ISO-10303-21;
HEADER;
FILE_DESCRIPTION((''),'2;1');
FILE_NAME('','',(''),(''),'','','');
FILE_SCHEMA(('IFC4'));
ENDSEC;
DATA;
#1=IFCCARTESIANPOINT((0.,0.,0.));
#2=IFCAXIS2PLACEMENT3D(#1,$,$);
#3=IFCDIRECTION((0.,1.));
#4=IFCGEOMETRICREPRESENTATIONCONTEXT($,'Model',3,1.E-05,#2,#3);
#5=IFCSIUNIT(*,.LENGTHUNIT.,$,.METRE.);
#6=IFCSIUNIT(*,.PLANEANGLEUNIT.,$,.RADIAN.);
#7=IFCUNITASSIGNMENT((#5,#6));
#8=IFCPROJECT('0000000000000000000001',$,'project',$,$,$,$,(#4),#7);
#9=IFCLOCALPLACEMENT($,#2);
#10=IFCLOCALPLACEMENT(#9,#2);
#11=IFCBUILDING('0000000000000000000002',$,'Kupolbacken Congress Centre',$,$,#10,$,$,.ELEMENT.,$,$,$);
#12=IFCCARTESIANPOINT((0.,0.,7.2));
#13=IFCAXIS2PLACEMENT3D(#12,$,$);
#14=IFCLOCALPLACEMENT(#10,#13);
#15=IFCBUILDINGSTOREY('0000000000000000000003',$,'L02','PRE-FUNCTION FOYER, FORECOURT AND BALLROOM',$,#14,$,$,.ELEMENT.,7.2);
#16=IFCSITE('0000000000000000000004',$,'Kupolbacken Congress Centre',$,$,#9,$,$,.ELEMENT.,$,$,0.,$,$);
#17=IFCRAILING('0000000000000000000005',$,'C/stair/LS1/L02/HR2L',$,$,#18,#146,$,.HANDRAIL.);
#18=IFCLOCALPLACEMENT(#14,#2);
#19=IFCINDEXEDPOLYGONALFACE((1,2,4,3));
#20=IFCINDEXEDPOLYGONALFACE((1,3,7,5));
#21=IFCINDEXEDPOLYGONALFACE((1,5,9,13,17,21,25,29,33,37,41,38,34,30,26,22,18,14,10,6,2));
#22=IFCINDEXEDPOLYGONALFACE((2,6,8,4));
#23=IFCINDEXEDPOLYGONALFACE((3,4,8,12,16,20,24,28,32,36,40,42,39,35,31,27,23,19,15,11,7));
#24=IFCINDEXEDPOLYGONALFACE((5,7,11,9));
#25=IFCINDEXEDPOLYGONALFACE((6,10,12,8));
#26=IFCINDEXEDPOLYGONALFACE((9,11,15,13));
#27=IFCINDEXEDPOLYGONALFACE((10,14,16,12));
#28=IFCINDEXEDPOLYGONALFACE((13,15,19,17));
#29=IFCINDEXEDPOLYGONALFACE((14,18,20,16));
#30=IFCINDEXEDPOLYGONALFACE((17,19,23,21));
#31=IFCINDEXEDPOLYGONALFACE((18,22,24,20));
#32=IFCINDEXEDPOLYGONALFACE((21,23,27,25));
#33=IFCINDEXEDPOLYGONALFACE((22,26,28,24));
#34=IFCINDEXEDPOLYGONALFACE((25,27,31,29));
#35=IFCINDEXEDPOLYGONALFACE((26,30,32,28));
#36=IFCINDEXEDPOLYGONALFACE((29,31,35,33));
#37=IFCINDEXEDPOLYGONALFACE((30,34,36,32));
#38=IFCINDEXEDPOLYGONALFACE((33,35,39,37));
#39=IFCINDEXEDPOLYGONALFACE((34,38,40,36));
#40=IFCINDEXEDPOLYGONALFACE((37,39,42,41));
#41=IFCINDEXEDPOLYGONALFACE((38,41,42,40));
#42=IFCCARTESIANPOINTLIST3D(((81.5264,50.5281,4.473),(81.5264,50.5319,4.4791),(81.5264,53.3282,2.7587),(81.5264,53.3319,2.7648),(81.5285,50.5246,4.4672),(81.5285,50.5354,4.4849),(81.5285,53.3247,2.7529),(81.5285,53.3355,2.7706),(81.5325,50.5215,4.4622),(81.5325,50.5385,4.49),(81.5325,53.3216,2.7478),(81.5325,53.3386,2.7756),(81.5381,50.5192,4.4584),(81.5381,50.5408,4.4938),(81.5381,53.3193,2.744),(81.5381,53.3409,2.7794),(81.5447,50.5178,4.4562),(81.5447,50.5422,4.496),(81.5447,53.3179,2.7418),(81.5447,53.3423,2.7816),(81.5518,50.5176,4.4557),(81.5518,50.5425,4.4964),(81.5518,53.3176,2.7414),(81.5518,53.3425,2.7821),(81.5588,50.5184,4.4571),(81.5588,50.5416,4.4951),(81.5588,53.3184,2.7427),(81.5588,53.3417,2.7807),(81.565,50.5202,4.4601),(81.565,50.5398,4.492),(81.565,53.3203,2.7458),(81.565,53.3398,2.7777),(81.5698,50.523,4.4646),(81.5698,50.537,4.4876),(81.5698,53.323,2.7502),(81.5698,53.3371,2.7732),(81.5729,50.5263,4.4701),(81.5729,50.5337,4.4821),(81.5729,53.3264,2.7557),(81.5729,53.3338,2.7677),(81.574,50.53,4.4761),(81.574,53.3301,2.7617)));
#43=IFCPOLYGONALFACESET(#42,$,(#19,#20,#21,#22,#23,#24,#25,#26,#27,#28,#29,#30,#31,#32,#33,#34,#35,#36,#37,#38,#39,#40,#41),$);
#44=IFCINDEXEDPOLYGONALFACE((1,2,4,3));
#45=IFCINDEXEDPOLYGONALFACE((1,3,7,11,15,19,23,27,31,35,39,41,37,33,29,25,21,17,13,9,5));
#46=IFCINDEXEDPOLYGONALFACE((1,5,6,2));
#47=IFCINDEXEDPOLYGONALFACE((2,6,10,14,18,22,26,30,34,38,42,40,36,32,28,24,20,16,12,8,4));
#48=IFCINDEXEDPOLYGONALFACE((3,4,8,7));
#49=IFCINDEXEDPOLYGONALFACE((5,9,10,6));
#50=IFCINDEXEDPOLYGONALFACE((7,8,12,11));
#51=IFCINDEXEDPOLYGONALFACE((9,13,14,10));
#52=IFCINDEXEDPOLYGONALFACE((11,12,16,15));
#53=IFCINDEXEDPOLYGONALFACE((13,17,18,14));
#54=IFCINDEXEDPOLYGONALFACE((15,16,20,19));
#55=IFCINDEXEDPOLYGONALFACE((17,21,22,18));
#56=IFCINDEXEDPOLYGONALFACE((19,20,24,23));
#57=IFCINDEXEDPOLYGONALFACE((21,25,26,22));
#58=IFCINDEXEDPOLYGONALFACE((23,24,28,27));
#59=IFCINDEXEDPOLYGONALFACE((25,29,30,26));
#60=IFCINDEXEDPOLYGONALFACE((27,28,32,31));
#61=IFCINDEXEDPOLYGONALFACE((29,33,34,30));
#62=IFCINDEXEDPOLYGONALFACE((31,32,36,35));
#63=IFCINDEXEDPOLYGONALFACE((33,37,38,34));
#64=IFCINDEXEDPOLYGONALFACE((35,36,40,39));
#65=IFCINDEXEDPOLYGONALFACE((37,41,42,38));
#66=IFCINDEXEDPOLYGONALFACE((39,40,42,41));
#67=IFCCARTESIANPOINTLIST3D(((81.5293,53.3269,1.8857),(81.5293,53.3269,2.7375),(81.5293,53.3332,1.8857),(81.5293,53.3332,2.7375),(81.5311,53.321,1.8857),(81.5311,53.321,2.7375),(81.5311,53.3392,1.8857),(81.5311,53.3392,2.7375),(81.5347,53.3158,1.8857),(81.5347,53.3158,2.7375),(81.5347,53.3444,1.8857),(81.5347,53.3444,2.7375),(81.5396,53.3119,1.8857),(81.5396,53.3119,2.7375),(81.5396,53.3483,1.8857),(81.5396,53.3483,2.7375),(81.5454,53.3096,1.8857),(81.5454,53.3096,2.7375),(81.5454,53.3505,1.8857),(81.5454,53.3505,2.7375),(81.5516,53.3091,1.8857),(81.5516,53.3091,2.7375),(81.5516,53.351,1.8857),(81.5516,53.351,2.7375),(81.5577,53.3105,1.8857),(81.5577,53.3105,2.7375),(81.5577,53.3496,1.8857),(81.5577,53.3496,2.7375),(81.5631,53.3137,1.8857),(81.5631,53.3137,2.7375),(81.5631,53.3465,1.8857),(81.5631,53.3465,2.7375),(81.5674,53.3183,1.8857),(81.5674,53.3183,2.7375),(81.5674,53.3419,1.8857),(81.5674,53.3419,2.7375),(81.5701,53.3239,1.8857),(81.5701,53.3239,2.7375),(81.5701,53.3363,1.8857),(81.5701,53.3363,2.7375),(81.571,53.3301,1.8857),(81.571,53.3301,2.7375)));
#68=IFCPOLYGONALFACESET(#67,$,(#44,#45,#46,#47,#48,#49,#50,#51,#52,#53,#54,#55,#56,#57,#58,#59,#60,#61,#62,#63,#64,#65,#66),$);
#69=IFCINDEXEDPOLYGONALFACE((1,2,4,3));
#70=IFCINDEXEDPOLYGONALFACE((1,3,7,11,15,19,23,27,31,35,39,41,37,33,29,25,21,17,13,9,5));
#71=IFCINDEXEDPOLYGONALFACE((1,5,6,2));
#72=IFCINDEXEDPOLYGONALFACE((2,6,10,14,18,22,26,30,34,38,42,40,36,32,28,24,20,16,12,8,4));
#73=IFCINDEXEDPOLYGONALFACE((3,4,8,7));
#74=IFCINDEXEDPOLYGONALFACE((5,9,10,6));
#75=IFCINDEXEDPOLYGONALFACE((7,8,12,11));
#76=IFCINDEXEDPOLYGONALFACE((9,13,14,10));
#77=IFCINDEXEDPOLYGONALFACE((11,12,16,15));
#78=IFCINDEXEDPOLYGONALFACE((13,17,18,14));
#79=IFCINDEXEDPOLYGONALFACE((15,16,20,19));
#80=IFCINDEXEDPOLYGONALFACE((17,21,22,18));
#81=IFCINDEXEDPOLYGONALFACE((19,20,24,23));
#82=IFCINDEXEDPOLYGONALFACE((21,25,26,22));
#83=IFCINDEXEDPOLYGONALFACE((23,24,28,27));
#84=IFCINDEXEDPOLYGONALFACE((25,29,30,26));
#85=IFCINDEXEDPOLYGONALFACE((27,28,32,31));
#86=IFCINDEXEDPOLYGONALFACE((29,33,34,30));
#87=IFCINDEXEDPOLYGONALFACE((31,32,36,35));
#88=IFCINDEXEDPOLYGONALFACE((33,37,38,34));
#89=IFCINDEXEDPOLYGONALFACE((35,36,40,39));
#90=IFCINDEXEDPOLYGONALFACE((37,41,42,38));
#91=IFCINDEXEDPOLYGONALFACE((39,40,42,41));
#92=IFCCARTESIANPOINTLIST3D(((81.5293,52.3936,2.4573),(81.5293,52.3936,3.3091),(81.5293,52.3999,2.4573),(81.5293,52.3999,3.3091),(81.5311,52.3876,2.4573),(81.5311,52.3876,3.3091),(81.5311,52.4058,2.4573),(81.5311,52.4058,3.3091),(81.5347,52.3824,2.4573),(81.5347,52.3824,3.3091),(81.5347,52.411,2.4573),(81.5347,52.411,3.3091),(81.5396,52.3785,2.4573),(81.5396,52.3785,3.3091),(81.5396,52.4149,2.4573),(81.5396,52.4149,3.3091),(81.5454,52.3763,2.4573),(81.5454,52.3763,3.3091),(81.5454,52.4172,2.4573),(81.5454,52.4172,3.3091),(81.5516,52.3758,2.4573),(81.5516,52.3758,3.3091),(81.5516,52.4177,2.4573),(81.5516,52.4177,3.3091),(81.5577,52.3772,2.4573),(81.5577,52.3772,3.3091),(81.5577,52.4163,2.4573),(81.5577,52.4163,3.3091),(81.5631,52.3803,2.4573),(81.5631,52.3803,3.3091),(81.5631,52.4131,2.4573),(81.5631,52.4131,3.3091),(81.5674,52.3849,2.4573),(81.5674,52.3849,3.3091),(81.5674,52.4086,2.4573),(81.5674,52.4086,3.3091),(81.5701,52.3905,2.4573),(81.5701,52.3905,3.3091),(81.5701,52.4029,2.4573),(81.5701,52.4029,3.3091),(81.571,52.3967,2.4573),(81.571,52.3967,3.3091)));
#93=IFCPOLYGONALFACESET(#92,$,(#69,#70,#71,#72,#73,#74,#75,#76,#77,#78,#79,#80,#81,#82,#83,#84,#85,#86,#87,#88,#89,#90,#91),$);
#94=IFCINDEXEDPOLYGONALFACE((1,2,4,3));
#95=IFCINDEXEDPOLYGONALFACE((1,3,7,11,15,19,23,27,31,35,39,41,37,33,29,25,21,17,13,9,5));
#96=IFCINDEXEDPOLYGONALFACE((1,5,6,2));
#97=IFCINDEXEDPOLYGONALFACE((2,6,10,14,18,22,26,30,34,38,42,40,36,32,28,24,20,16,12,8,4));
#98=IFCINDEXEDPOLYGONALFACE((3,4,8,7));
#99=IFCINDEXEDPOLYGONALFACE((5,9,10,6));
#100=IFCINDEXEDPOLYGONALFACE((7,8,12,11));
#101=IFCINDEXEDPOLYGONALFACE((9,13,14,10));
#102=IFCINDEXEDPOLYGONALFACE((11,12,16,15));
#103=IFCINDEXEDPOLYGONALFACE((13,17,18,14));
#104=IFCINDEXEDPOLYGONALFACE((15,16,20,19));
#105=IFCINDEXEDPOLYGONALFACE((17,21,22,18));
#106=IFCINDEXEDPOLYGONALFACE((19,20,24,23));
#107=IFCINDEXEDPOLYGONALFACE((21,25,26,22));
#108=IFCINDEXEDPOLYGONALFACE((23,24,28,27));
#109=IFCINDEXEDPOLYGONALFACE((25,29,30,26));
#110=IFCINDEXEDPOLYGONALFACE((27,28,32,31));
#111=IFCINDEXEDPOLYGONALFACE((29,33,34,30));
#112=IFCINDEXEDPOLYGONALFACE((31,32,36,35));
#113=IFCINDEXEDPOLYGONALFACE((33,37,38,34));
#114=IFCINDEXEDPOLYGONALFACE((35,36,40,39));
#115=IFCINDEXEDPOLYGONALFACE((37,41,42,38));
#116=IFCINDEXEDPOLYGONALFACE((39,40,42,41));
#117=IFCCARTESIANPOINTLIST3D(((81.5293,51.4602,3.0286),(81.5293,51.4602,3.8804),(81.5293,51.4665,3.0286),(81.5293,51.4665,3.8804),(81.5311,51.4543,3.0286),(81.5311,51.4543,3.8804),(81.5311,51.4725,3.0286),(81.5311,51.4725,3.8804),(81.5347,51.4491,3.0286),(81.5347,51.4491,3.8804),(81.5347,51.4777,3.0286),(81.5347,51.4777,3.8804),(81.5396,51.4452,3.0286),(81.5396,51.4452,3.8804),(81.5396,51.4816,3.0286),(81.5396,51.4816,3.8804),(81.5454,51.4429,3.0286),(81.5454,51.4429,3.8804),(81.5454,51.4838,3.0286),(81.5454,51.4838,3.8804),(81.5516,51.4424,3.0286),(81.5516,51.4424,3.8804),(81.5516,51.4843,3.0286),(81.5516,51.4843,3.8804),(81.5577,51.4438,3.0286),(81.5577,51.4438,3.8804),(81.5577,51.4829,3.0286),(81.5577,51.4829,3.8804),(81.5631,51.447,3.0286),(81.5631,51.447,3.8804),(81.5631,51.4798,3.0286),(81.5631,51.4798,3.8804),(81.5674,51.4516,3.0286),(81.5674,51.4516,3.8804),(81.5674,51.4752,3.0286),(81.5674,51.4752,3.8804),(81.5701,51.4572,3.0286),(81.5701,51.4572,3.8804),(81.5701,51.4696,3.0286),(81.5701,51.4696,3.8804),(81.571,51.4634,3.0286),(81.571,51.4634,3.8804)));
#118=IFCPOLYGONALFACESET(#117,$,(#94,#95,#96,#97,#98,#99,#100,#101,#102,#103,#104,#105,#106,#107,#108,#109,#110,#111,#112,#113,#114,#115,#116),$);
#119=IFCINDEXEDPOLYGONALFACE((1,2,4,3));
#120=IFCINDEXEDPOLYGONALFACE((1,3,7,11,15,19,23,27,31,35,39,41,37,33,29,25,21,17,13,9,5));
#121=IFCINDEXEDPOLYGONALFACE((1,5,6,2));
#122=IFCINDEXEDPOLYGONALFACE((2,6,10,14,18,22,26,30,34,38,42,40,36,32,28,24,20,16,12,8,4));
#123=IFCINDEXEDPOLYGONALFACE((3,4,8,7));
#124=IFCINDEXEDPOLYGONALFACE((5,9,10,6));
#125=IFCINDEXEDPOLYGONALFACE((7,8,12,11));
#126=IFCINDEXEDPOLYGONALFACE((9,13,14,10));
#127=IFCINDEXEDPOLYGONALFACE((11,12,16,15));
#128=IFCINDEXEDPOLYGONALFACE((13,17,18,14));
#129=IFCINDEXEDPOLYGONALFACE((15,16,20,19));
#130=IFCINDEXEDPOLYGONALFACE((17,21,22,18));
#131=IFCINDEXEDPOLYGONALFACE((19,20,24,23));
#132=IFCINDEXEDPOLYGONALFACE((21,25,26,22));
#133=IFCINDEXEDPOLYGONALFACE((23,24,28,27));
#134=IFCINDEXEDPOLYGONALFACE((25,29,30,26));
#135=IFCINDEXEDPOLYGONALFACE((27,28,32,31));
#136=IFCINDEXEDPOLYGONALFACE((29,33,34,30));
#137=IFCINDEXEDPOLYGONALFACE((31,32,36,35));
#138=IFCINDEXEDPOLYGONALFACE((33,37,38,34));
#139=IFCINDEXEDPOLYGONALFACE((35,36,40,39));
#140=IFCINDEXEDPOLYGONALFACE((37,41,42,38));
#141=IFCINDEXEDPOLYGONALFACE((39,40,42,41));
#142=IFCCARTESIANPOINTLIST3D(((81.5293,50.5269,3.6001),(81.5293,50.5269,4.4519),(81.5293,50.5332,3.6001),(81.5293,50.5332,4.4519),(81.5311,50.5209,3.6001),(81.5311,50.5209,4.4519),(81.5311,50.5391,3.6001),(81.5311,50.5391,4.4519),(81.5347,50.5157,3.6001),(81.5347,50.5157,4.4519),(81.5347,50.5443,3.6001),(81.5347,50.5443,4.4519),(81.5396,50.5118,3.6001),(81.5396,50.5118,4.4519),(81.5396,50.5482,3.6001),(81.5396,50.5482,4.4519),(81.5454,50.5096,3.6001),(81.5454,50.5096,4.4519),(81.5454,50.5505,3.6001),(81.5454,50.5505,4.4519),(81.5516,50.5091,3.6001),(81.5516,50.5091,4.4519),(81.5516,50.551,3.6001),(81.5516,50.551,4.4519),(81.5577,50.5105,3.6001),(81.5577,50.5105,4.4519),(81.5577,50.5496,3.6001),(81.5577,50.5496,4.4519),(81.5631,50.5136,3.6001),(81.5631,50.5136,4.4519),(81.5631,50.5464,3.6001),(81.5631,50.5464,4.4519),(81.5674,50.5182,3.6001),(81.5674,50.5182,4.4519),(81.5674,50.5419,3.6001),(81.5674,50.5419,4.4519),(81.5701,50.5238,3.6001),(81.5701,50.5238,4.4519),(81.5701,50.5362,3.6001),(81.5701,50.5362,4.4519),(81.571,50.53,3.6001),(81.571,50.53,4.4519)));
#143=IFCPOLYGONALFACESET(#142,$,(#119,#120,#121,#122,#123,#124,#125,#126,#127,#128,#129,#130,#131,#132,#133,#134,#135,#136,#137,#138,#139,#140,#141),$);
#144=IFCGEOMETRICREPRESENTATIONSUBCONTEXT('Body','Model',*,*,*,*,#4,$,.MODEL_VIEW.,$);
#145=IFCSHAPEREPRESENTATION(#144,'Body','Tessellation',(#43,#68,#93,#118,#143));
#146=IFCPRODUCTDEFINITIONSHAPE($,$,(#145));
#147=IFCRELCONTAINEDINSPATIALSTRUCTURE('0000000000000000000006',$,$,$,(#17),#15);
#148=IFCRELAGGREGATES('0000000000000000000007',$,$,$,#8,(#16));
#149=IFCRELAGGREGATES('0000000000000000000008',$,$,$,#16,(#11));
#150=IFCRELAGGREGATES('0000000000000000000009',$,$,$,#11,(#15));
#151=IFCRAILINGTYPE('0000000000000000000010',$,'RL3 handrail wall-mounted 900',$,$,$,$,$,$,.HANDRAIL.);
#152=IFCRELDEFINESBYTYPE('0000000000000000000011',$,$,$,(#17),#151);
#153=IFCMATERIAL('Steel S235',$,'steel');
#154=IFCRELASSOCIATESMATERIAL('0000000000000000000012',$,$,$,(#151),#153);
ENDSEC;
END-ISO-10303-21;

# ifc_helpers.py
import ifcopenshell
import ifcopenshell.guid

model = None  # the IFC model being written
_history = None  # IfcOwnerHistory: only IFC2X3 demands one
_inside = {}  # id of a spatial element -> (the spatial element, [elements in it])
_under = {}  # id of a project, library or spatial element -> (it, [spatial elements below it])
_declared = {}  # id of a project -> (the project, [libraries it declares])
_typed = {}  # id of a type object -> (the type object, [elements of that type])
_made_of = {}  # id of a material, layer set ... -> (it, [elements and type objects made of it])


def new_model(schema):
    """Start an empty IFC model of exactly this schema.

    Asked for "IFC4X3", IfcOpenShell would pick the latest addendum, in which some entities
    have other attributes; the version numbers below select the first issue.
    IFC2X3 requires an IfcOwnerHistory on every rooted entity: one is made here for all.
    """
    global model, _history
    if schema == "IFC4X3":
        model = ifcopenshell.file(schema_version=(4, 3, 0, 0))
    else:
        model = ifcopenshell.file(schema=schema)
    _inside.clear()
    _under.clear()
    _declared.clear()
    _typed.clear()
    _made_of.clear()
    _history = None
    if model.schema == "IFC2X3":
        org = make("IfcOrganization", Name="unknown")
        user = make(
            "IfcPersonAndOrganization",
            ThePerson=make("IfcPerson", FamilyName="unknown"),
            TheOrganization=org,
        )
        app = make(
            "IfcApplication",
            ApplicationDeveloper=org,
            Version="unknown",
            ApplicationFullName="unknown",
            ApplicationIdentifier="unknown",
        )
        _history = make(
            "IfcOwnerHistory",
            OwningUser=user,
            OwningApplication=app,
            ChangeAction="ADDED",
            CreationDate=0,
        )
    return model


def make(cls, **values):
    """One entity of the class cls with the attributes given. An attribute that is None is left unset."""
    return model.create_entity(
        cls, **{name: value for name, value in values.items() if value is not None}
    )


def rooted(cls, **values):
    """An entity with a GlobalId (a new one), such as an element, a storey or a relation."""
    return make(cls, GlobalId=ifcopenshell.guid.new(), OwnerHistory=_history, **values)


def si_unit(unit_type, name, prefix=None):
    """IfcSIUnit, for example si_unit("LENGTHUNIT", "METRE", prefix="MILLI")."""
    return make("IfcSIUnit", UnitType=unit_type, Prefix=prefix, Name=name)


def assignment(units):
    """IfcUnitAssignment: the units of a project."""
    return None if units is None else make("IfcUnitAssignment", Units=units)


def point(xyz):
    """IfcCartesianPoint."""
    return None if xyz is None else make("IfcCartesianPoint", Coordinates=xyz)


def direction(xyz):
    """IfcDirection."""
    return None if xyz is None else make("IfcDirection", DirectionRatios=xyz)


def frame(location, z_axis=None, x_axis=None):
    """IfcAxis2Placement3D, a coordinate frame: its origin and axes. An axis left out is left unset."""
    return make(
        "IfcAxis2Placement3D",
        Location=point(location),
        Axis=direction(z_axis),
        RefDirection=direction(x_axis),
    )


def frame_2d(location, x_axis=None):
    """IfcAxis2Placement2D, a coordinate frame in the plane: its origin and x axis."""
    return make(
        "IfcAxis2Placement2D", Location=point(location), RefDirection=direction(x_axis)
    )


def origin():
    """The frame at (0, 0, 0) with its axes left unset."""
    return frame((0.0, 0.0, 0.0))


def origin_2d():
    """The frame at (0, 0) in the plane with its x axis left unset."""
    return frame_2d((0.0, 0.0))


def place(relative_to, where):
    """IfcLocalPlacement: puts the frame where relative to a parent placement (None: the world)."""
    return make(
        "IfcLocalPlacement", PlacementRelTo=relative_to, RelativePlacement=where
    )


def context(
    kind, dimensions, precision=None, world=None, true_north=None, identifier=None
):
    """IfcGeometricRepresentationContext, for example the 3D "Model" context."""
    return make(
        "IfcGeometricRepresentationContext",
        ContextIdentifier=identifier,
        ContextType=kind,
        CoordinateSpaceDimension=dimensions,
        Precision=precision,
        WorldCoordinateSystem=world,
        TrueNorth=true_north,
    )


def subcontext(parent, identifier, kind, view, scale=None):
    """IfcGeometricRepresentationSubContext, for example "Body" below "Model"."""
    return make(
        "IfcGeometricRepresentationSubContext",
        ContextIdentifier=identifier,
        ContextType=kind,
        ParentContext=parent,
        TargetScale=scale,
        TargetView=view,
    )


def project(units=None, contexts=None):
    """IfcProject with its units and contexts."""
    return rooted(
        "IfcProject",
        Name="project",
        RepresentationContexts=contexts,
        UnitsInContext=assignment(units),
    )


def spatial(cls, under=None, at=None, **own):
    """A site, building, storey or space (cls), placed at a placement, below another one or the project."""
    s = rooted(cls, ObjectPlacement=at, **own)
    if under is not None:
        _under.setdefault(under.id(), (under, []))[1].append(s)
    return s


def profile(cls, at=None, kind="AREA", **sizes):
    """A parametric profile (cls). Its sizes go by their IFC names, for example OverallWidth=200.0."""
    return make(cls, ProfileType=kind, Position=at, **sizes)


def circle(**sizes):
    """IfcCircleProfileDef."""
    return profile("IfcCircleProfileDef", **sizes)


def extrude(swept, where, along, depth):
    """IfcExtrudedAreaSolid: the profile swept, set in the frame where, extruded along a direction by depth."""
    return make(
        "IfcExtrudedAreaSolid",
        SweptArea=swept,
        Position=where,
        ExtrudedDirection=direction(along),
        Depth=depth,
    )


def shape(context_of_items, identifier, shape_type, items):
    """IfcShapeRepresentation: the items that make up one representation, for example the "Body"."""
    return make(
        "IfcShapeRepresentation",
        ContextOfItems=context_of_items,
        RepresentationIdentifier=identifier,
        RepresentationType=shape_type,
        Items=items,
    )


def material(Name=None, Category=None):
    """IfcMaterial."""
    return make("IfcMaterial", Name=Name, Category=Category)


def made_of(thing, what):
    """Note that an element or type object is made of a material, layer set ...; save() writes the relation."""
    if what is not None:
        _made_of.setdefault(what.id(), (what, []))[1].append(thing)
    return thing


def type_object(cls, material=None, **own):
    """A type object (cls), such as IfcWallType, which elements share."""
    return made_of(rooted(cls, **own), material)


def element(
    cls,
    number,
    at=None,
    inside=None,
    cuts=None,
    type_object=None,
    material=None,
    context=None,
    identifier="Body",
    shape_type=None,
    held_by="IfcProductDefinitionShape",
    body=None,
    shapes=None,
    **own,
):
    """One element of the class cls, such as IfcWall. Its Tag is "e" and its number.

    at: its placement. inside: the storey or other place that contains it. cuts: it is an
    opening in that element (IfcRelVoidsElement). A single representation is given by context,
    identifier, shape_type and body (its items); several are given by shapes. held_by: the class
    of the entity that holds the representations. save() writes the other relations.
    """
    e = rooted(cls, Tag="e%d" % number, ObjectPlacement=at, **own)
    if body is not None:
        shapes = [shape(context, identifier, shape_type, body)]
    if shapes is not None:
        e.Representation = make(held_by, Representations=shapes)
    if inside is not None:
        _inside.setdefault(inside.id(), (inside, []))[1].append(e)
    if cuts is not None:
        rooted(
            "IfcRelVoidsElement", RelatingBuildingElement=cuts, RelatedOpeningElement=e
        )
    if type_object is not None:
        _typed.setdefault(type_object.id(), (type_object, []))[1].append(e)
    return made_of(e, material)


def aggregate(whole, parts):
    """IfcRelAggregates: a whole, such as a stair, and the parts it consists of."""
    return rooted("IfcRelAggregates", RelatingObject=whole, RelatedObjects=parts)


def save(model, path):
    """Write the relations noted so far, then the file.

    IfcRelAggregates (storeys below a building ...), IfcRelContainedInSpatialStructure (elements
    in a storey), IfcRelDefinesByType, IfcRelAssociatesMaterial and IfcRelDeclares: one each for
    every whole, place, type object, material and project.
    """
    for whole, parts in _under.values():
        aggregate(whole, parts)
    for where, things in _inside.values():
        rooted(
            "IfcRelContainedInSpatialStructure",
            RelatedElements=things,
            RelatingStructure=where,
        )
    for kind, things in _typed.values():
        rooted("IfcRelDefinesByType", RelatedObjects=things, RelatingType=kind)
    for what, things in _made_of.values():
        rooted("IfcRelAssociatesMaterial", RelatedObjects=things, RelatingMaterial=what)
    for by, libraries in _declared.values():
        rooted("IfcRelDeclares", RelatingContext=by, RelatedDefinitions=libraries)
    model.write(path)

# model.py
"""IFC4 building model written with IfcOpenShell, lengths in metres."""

from ifc_helpers import new_model, si_unit, direction, frame, origin, origin_2d, place, context, subcontext, project, spatial, circle, extrude, material, type_object, element, save


model = new_model("IFC4")

# Units and contexts
model_context = context("Model", 3, precision=1e-05, world=origin(), true_north=direction((0.0, 1.0)))
body_context = subcontext(model_context, "Body", "Model", "MODEL_VIEW")
ifc_project = project(units=[si_unit("LENGTHUNIT", "METRE"), si_unit("PLANEANGLEUNIT", "RADIAN")], contexts=[model_context])

# Site, building, storey
site_placement = place(None, origin())
site = spatial("IfcSite", under=ifc_project, at=site_placement, Name="Kupolbacken Congress Centre", CompositionType="ELEMENT", RefElevation=0.0)
building_placement = place(site_placement, origin())
building = spatial("IfcBuilding", under=site, at=building_placement, Name="Kupolbacken Congress Centre", CompositionType="ELEMENT")
storey_placement = place(building_placement, frame((0.0, 0.0, 7.2)))
storey = spatial("IfcBuildingStorey", under=building, at=storey_placement, Name="L02", Description="PRE-FUNCTION FOYER, FORECOURT AND BALLROOM", CompositionType="ELEMENT", Elevation=7.2)

# Railing
ifc_material_1 = material(Name="Steel S235", Category="steel")
railing_type = type_object("IfcRailingType", Name="RL3 handrail wall-mounted 900", PredefinedType="HANDRAIL", material=ifc_material_1)
for number, where, name in (
    (1, (81.55, 53.3301, 1.8857), "C/stair/LS1/L02/HR2L"),
):
    element("IfcRailing", number, at=place(storey_placement, frame(where)), inside=storey, type_object=railing_type, Name=name, PredefinedType="HANDRAIL", context=body_context, shape_type="SweptSolid", body=[
        extrude(circle(Radius=0.0239, at=origin_2d()), frame((0.0, 0.0, 0.876), z_axis=(0.0, -0.852846, 0.522163), x_axis=(1.0, 0.0, 0.0)), (0.0, 0.0, 1.0), 3.2832),
        extrude(circle(Radius=0.021, at=origin_2d()), origin(), (0.0, 0.0, 1.0), 0.8518),
        extrude(circle(Radius=0.021, at=origin_2d()), frame((0.0, -0.9333, 0.5715)), (0.0, 0.0, 1.0), 0.8518),
        extrude(circle(Radius=0.021, at=origin_2d()), frame((0.0, -1.8667, 1.1428)), (0.0, 0.0, 1.0), 0.8518),
        extrude(circle(Radius=0.021, at=origin_2d()), frame((0.0, -2.8, 1.7144)), (0.0, 0.0, 1.0), 0.8518),
    ])

save(model, "model.ifc")
